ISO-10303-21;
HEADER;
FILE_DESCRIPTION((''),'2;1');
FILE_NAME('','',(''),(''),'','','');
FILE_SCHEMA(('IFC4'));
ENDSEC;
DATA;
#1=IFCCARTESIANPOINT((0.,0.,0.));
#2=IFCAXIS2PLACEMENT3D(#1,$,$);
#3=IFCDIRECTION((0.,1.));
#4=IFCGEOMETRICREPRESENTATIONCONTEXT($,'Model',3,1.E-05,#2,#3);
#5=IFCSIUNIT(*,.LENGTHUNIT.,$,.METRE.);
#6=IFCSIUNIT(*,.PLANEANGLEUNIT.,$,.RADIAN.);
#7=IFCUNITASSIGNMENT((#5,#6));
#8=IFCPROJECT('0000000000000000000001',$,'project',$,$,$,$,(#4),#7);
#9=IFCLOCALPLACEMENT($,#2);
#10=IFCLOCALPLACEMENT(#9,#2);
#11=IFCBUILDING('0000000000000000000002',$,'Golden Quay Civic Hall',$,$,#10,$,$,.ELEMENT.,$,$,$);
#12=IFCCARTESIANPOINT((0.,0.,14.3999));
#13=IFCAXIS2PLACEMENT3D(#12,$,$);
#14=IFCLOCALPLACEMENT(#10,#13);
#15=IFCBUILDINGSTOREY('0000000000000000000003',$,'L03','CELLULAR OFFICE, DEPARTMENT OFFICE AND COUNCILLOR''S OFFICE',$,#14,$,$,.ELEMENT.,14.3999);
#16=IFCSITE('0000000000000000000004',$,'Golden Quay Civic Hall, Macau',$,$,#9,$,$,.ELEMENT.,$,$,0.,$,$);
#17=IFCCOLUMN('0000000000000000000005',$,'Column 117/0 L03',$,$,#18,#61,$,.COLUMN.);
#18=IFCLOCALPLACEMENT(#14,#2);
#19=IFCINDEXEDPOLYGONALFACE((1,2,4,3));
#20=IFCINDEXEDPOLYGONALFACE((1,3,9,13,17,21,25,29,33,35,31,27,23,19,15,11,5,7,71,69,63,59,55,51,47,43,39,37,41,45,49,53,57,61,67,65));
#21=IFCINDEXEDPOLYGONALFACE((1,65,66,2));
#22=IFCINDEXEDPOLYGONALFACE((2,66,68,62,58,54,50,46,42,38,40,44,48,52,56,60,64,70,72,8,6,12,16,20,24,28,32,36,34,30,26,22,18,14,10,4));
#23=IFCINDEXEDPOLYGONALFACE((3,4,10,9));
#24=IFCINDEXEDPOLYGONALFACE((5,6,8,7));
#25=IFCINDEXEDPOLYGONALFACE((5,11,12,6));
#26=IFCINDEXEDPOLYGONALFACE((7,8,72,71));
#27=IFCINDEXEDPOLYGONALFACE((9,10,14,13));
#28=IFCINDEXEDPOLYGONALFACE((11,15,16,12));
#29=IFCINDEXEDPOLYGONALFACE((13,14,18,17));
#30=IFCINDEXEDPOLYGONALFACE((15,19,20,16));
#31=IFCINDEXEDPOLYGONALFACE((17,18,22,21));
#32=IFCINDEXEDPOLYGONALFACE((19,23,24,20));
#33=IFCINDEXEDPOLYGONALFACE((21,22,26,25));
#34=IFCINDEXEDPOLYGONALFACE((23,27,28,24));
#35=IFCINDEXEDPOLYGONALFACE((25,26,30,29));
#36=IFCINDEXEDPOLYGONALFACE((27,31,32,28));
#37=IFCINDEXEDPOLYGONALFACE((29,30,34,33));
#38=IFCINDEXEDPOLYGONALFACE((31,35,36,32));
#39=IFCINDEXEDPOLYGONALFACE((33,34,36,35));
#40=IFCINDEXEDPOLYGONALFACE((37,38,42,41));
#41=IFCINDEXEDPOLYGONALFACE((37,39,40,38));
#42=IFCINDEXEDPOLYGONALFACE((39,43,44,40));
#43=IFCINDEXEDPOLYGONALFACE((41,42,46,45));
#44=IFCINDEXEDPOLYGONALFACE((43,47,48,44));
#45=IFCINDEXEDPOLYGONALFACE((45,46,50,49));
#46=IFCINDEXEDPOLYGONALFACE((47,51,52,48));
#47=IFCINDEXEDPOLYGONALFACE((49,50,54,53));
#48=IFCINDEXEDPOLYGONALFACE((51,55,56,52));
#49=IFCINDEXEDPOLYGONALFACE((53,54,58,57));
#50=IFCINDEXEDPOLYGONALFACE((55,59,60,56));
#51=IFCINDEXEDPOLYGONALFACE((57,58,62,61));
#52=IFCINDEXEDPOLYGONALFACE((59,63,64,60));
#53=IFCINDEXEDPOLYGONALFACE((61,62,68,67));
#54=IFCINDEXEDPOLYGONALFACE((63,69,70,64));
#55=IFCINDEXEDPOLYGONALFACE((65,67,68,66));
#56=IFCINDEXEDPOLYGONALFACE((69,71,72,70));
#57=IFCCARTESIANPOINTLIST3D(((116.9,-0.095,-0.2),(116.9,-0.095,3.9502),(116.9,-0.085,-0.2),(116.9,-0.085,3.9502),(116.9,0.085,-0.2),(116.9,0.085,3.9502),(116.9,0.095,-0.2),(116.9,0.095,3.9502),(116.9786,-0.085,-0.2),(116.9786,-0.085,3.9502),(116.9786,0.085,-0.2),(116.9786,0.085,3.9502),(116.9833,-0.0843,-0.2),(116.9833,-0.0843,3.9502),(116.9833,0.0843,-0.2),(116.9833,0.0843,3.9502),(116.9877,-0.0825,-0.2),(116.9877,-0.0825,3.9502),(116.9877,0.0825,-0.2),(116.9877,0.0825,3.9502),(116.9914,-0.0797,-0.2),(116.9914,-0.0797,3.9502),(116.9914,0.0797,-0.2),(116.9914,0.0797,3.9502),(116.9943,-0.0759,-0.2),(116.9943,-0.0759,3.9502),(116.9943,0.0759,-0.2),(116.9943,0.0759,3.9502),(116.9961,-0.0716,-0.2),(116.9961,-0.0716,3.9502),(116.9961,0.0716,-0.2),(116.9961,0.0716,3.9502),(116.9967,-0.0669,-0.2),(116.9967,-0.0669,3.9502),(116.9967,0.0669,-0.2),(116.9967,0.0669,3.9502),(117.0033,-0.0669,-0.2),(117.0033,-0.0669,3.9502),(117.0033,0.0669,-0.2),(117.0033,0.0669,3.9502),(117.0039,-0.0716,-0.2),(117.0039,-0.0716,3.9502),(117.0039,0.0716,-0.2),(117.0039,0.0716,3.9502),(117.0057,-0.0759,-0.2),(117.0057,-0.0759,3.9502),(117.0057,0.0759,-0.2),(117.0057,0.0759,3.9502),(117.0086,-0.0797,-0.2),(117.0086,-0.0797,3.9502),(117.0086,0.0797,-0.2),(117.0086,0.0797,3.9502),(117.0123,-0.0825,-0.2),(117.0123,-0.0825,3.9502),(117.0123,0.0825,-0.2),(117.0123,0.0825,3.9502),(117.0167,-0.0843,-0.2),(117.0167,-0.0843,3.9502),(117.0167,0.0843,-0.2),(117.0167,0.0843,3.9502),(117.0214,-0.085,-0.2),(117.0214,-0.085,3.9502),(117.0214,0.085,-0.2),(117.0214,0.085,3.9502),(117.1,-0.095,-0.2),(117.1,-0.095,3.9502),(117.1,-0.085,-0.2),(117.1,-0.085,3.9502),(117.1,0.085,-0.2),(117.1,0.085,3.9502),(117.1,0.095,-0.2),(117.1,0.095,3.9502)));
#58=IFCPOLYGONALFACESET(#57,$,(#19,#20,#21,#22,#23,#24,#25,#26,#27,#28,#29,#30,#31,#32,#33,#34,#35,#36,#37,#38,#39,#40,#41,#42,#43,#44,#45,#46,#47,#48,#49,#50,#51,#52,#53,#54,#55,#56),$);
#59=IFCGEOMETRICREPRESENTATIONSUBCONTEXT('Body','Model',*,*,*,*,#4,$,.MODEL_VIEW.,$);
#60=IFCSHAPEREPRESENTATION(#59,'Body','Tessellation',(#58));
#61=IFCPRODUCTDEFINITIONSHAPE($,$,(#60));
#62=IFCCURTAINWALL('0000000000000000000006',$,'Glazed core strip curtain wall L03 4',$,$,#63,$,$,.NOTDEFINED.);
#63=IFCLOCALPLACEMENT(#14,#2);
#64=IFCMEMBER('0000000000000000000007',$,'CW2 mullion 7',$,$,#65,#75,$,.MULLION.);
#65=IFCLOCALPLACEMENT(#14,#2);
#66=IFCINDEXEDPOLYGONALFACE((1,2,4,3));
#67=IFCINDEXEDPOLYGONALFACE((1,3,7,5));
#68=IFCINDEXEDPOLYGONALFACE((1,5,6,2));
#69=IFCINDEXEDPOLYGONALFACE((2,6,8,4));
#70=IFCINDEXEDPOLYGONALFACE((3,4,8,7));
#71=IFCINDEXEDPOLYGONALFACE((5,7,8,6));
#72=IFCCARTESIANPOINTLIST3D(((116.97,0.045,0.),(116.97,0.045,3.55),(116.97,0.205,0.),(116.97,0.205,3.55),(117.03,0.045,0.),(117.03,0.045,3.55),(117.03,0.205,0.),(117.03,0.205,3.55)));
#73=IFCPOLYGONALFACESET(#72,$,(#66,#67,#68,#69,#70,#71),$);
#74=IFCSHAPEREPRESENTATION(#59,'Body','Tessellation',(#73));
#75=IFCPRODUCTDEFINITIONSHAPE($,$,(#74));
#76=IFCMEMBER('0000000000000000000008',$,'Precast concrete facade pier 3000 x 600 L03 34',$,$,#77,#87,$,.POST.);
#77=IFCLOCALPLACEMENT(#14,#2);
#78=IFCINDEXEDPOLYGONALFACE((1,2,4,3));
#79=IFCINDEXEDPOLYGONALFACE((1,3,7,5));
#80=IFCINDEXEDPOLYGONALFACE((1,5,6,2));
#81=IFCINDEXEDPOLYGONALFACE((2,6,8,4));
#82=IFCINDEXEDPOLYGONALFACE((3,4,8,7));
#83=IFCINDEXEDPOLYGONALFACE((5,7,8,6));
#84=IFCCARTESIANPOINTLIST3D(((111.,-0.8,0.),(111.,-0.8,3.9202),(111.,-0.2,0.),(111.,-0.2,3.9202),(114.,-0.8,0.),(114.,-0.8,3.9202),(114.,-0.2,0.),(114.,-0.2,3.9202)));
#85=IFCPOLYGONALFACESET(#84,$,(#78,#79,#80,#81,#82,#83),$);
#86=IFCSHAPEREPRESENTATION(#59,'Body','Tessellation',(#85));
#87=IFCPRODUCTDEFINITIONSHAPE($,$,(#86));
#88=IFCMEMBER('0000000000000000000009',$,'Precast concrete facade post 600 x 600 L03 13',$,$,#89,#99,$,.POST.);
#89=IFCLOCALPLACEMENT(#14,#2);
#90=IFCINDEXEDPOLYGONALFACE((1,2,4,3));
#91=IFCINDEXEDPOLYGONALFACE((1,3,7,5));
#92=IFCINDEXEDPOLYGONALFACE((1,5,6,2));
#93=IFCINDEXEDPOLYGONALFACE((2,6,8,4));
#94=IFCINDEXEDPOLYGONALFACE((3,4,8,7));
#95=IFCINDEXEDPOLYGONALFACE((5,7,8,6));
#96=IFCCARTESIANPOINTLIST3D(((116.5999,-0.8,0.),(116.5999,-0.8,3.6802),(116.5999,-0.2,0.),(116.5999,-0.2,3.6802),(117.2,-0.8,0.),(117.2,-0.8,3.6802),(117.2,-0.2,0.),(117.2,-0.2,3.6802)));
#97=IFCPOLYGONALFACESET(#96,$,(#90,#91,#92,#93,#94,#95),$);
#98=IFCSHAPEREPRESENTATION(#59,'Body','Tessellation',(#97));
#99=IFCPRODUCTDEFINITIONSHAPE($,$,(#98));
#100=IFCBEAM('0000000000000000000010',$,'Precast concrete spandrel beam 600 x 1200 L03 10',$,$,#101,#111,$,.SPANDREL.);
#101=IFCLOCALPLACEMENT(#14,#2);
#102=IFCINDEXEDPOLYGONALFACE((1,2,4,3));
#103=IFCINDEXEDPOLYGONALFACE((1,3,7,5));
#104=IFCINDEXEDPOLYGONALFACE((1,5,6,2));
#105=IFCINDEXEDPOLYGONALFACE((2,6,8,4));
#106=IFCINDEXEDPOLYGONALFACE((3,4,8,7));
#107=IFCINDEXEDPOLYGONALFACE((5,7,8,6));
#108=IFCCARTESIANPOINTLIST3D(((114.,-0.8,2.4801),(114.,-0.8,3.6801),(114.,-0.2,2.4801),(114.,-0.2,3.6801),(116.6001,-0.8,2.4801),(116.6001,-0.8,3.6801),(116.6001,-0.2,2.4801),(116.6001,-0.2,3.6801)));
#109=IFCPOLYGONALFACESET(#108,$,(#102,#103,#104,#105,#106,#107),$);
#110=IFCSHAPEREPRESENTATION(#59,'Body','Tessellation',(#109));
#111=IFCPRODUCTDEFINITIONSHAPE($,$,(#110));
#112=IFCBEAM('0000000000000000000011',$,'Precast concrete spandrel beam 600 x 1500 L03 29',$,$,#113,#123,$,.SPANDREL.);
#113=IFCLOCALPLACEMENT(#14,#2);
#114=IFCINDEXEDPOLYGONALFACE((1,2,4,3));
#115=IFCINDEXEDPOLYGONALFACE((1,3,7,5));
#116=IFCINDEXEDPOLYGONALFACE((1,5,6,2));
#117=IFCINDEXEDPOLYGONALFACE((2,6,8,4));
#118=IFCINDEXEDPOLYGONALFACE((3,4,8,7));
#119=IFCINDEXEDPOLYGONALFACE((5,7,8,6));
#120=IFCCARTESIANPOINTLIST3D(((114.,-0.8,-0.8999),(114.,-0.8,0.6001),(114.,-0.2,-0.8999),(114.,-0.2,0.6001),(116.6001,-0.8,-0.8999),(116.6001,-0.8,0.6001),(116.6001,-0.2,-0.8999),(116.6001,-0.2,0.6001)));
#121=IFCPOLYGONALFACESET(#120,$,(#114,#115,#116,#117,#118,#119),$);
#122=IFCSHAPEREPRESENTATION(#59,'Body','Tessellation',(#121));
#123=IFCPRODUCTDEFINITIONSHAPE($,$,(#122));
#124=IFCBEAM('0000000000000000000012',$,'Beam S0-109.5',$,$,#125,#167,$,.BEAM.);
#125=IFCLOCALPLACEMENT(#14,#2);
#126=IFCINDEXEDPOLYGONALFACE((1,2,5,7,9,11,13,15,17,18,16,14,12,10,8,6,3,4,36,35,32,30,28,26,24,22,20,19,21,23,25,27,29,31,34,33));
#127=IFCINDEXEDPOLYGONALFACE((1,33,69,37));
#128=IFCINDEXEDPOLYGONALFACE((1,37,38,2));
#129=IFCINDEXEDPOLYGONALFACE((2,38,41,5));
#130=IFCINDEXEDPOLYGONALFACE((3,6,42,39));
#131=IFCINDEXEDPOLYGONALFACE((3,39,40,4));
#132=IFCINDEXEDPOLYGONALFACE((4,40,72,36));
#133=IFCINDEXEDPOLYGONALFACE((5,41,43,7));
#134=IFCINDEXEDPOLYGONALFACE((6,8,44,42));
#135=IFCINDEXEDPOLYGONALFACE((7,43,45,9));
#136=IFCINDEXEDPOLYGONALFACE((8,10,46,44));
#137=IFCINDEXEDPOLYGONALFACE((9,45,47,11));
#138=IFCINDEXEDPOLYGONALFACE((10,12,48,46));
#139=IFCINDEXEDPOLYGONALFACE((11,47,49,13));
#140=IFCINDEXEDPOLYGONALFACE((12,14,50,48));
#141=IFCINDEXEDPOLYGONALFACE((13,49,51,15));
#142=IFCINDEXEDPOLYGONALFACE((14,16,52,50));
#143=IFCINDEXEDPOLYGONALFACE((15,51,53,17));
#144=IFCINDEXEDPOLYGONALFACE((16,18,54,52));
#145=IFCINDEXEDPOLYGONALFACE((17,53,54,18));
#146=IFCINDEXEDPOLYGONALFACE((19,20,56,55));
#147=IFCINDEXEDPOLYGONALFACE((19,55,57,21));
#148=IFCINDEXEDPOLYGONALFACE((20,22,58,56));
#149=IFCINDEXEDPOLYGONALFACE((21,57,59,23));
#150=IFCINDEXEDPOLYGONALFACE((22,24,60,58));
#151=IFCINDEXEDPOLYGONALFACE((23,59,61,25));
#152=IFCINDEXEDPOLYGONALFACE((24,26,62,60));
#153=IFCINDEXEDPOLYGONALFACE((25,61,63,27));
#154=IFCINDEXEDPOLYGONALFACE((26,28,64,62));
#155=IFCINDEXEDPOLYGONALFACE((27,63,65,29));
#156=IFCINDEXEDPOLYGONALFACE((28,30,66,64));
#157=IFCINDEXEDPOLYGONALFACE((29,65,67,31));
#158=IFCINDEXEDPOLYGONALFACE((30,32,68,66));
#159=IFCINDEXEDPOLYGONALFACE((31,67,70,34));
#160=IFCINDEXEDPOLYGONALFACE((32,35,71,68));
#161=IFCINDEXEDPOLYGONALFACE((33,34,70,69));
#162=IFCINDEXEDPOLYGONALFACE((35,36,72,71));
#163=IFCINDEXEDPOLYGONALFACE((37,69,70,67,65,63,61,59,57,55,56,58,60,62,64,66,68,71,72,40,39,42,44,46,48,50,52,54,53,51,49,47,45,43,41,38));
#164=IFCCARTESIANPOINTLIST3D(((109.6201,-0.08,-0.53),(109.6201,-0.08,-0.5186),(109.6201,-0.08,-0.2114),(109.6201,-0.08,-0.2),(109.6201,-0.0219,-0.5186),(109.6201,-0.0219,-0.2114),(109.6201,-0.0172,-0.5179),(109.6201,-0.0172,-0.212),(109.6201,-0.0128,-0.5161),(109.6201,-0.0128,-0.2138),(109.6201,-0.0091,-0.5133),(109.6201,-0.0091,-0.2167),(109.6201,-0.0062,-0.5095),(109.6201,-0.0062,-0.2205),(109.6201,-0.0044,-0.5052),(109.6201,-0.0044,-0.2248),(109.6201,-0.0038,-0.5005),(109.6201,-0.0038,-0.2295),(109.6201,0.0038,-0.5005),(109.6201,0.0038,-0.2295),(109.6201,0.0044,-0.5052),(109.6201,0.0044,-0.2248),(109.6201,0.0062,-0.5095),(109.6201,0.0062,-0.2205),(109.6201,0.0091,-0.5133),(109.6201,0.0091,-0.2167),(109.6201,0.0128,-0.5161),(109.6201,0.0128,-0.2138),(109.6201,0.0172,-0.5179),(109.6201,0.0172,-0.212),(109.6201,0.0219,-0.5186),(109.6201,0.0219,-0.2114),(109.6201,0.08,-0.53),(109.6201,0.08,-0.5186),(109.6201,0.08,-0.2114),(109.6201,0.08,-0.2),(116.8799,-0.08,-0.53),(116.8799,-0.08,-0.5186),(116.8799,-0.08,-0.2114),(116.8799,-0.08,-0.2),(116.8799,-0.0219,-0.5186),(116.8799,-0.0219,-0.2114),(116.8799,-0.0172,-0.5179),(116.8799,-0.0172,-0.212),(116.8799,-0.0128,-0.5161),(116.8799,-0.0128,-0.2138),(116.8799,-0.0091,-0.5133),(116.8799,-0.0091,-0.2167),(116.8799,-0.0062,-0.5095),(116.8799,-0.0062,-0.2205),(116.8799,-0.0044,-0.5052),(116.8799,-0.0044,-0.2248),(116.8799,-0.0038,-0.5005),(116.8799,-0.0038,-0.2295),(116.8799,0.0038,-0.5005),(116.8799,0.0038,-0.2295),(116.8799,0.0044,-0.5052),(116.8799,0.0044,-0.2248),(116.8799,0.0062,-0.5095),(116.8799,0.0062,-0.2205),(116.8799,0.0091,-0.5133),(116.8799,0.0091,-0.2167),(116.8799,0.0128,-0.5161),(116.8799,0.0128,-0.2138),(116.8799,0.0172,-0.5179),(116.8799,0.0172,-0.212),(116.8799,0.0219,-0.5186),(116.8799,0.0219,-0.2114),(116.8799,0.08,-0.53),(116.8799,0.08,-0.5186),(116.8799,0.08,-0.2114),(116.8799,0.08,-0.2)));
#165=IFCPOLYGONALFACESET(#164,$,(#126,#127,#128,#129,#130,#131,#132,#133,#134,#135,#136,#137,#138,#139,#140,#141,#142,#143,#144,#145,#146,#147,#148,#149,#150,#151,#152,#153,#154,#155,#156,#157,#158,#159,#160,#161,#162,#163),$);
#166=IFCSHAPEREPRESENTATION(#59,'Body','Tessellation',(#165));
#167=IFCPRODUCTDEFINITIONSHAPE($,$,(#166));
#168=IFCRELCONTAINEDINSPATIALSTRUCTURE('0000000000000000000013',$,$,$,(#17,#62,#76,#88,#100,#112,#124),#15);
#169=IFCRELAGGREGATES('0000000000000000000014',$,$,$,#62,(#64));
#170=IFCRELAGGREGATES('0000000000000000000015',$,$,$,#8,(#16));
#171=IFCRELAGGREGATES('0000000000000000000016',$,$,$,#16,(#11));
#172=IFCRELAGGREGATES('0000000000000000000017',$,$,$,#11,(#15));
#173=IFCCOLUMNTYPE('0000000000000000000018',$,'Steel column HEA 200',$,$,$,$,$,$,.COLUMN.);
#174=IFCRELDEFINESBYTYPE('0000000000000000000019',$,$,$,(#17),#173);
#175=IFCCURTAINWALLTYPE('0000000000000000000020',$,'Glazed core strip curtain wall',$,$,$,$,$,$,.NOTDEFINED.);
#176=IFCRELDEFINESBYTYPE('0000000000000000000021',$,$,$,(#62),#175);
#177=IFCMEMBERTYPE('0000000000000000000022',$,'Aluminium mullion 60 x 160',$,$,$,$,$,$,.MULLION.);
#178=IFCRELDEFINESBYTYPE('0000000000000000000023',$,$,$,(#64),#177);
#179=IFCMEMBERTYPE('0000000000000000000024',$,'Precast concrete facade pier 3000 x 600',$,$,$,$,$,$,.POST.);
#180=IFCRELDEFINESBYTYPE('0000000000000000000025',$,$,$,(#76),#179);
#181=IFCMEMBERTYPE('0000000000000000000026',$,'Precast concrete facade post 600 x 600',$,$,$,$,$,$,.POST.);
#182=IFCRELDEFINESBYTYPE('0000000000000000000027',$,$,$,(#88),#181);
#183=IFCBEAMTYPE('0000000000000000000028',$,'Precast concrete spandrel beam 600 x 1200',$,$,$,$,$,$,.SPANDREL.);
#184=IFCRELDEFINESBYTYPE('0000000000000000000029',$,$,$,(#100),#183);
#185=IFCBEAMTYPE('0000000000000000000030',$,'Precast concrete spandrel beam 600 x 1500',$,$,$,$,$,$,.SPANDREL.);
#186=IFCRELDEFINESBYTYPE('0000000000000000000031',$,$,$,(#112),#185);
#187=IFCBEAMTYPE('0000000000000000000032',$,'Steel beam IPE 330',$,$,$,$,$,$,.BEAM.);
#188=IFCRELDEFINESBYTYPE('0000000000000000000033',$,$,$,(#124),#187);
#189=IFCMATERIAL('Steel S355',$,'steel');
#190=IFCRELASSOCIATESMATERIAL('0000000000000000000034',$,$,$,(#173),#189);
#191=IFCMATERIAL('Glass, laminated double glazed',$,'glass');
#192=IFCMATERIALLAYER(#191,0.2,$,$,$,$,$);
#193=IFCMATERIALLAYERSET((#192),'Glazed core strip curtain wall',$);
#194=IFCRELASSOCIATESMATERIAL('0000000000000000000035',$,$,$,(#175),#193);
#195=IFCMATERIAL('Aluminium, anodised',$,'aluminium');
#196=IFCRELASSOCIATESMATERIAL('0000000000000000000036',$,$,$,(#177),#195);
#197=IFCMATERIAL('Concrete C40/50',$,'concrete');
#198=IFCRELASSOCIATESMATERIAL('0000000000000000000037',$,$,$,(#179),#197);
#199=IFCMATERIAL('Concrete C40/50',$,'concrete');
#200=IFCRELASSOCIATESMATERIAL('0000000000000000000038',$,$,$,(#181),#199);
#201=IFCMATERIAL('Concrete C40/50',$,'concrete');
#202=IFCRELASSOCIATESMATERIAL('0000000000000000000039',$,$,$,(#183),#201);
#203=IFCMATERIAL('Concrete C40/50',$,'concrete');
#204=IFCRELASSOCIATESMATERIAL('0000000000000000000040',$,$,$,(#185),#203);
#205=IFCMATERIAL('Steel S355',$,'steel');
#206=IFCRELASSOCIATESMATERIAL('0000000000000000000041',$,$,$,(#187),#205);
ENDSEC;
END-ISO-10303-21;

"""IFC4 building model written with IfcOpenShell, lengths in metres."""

from ifc_helpers import new_model, si_unit, direction, frame, origin, origin_2d, place, context, subcontext, project, spatial, rectangle, i_section, extrude, material, layer, layer_set, material_profile, profile_set, type_object, element, aggregate, save


model = new_model("IFC4")

# Units and contexts
model_context = context("Model", 3, precision=1e-05, world=origin(), true_north=direction((0.0, 1.0)))
body_context = subcontext(model_context, "Body", "Model", "MODEL_VIEW")
ifc_project = project(units=[si_unit("LENGTHUNIT", "METRE"), si_unit("PLANEANGLEUNIT", "RADIAN")], contexts=[model_context])

# Site, building, storey
site_placement = place(None, origin())
site = spatial("IfcSite", under=ifc_project, at=site_placement, Name="Golden Quay Civic Hall, Macau", CompositionType="ELEMENT", RefElevation=0.0)
building_placement = place(site_placement, origin())
building = spatial("IfcBuilding", under=site, at=building_placement, Name="Golden Quay Civic Hall", CompositionType="ELEMENT")
storey_placement = place(building_placement, frame((0.0, 0.0, 14.3999)))
storey = spatial("IfcBuildingStorey", under=building, at=storey_placement, Name="L03", Description="CELLULAR OFFICE, DEPARTMENT OFFICE AND COUNCILLOR'S OFFICE", CompositionType="ELEMENT", Elevation=14.3999)

# Column
ifc_material_1 = material(Name="Steel S355", Category="steel")
ifc_material_profile_1 = material_profile(ifc_material_1, i_section(OverallWidth=0.2, OverallDepth=0.1899, WebThickness=0.0066, FlangeThickness=0.01, FilletRadius=0.0181, at=origin_2d()), Name="HEA 200")
ifc_profile_set_1 = profile_set([ifc_material_profile_1], Name="Steel S355")
column_type = type_object("IfcColumnType", Name="Steel column HEA 200", PredefinedType="COLUMN", material=ifc_profile_set_1)
column_placement = place(storey_placement, frame((117.0, 0.0, -0.2), z_axis=(0.0, 0.0, 1.0), x_axis=(1.0, 0.0, 0.0)))
element("IfcColumn", 1, at=column_placement, inside=storey, type_object=column_type, Name="Column 117/0 L03", PredefinedType="COLUMN", context=body_context, shape_type="SweptSolid", body=[
    extrude(i_section(OverallWidth=0.2, OverallDepth=0.1899, WebThickness=0.0066, FlangeThickness=0.01, FilletRadius=0.0181, at=origin_2d()), origin(), (0.0, 0.0, 1.0), 4.1501),
])

# Curtain wall, member
ifc_material_2 = material(Name="Glass, laminated double glazed", Category="glass")
ifc_layer_1 = layer(ifc_material_2, 0.2)
ifc_layer_set_1 = layer_set([ifc_layer_1], Name="Glazed core strip curtain wall")
curtain_wall_type = type_object("IfcCurtainWallType", Name="Glazed core strip curtain wall", PredefinedType="NOTDEFINED", material=ifc_layer_set_1)
curtain_wall_placement = place(storey_placement, origin())
curtain_wall = element("IfcCurtainWall", 2, at=curtain_wall_placement, inside=storey, type_object=curtain_wall_type, Name="Glazed core strip curtain wall L03 4", PredefinedType="NOTDEFINED")
ifc_material_3 = material(Name="Aluminium, anodised", Category="aluminium")
ifc_material_profile_2 = material_profile(ifc_material_3, rectangle(XDim=0.0601, YDim=0.1599, at=origin_2d()), Name="Aluminium 60 x 160")
ifc_profile_set_2 = profile_set([ifc_material_profile_2], Name="Aluminium, anodised")
member_type_1 = type_object("IfcMemberType", Name="Aluminium mullion 60 x 160", PredefinedType="MULLION", material=ifc_profile_set_2)
member_1_placement = place(storey_placement, frame((117.0, 0.125, 0.0), z_axis=(0.0, 0.0, 1.0), x_axis=(1.0, 0.0, 0.0)))
member_1 = element("IfcMember", 3, at=member_1_placement, type_object=member_type_1, Name="CW2 mullion 7", PredefinedType="MULLION", context=body_context, shape_type="SweptSolid", body=[
    extrude(rectangle(XDim=0.0601, YDim=0.1599, at=origin_2d()), origin(), (0.0, 0.0, 1.0), 3.55),
])

# Members
ifc_material_4 = material(Name="Concrete C40/50", Category="concrete")
ifc_material_profile_3 = material_profile(ifc_material_4, rectangle(XDim=3.0, YDim=0.6001, at=origin_2d()), Name="RC 3000x600")
ifc_profile_set_3 = profile_set([ifc_material_profile_3], Name="Concrete C40/50")
member_type_2 = type_object("IfcMemberType", Name="Precast concrete facade pier 3000 x 600", PredefinedType="POST", material=ifc_profile_set_3)
member_2_placement = place(storey_placement, frame((112.5, -0.5, 0.0), z_axis=(0.0, 0.0, 1.0), x_axis=(1.0, 0.0, 0.0)))
element("IfcMember", 4, at=member_2_placement, inside=storey, type_object=member_type_2, Name="Precast concrete facade pier 3000 x 600 L03 34", PredefinedType="POST", context=body_context, shape_type="SweptSolid", body=[
    extrude(rectangle(XDim=3.0, YDim=0.6001, at=origin_2d()), origin(), (0.0, 0.0, 1.0), 3.9202),
])
ifc_material_5 = material(Name="Concrete C40/50", Category="concrete")
ifc_material_profile_4 = material_profile(ifc_material_5, rectangle(XDim=0.6001, YDim=0.6001, at=origin_2d()), Name="RC 600x600")
ifc_profile_set_4 = profile_set([ifc_material_profile_4], Name="Concrete C40/50")
member_type_3 = type_object("IfcMemberType", Name="Precast concrete facade post 600 x 600", PredefinedType="POST", material=ifc_profile_set_4)
member_3_placement = place(storey_placement, frame((116.8999, -0.5, 0.0), z_axis=(0.0, 0.0, 1.0), x_axis=(1.0, 0.0, 0.0)))
element("IfcMember", 5, at=member_3_placement, inside=storey, type_object=member_type_3, Name="Precast concrete facade post 600 x 600 L03 13", PredefinedType="POST", context=body_context, shape_type="SweptSolid", body=[
    extrude(rectangle(XDim=0.6001, YDim=0.6001, at=origin_2d()), origin(), (0.0, 0.0, 1.0), 3.6802),
])

# Beams
ifc_material_6 = material(Name="Concrete C40/50", Category="concrete")
ifc_material_profile_5 = material_profile(ifc_material_6, rectangle(XDim=0.6001, YDim=1.2, at=origin_2d()), Name="RC 600x1200")
ifc_profile_set_5 = profile_set([ifc_material_profile_5], Name="Concrete C40/50")
beam_type_1 = type_object("IfcBeamType", Name="Precast concrete spandrel beam 600 x 1200", PredefinedType="SPANDREL", material=ifc_profile_set_5)
beam_1_placement = place(storey_placement, frame((114.0, -0.5, 3.0801), z_axis=(1.0, 0.0, 0.0), x_axis=(0.0, 1.0, 0.0)))
element("IfcBeam", 6, at=beam_1_placement, inside=storey, type_object=beam_type_1, Name="Precast concrete spandrel beam 600 x 1200 L03 10", PredefinedType="SPANDREL", context=body_context, shape_type="SweptSolid", body=[
    extrude(rectangle(XDim=0.6001, YDim=1.2, at=origin_2d()), origin(), (0.0, 0.0, 1.0), 2.6001),
])
ifc_material_7 = material(Name="Concrete C40/50", Category="concrete")
ifc_material_profile_6 = material_profile(ifc_material_7, rectangle(XDim=0.6001, YDim=1.5, at=origin_2d()), Name="RC 600x1500")
ifc_profile_set_6 = profile_set([ifc_material_profile_6], Name="Concrete C40/50")
beam_type_2 = type_object("IfcBeamType", Name="Precast concrete spandrel beam 600 x 1500", PredefinedType="SPANDREL", material=ifc_profile_set_6)
beam_2_placement = place(storey_placement, frame((114.0, -0.5, -0.1499), z_axis=(1.0, 0.0, 0.0), x_axis=(0.0, 1.0, 0.0)))
element("IfcBeam", 7, at=beam_2_placement, inside=storey, type_object=beam_type_2, Name="Precast concrete spandrel beam 600 x 1500 L03 29", PredefinedType="SPANDREL", context=body_context, shape_type="SweptSolid", body=[
    extrude(rectangle(XDim=0.6001, YDim=1.5, at=origin_2d()), origin(), (0.0, 0.0, 1.0), 2.6001),
])
ifc_material_8 = material(Name="Steel S355", Category="steel")
ifc_material_profile_7 = material_profile(ifc_material_8, i_section(OverallWidth=0.1599, OverallDepth=0.3301, WebThickness=0.0076, FlangeThickness=0.0115, FilletRadius=0.0181, at=origin_2d()), Name="IPE 330")
ifc_profile_set_7 = profile_set([ifc_material_profile_7], Name="Steel S355")
beam_type_3 = type_object("IfcBeamType", Name="Steel beam IPE 330", PredefinedType="BEAM", material=ifc_profile_set_7)
beam_3_placement = place(storey_placement, frame((109.6201, 0.0, -0.365), z_axis=(1.0, 0.0, 0.0), x_axis=(0.0, 1.0, 0.0)))
element("IfcBeam", 8, at=beam_3_placement, inside=storey, type_object=beam_type_3, Name="Beam S0-109.5", PredefinedType="BEAM", context=body_context, shape_type="SweptSolid", body=[
    extrude(i_section(OverallWidth=0.1599, OverallDepth=0.3301, WebThickness=0.0076, FlangeThickness=0.0115, FilletRadius=0.0181, at=origin_2d()), origin(), (0.0, 0.0, 1.0), 7.2598),
])

aggregate(curtain_wall, [member_1])

save(model, "model.ifc")
